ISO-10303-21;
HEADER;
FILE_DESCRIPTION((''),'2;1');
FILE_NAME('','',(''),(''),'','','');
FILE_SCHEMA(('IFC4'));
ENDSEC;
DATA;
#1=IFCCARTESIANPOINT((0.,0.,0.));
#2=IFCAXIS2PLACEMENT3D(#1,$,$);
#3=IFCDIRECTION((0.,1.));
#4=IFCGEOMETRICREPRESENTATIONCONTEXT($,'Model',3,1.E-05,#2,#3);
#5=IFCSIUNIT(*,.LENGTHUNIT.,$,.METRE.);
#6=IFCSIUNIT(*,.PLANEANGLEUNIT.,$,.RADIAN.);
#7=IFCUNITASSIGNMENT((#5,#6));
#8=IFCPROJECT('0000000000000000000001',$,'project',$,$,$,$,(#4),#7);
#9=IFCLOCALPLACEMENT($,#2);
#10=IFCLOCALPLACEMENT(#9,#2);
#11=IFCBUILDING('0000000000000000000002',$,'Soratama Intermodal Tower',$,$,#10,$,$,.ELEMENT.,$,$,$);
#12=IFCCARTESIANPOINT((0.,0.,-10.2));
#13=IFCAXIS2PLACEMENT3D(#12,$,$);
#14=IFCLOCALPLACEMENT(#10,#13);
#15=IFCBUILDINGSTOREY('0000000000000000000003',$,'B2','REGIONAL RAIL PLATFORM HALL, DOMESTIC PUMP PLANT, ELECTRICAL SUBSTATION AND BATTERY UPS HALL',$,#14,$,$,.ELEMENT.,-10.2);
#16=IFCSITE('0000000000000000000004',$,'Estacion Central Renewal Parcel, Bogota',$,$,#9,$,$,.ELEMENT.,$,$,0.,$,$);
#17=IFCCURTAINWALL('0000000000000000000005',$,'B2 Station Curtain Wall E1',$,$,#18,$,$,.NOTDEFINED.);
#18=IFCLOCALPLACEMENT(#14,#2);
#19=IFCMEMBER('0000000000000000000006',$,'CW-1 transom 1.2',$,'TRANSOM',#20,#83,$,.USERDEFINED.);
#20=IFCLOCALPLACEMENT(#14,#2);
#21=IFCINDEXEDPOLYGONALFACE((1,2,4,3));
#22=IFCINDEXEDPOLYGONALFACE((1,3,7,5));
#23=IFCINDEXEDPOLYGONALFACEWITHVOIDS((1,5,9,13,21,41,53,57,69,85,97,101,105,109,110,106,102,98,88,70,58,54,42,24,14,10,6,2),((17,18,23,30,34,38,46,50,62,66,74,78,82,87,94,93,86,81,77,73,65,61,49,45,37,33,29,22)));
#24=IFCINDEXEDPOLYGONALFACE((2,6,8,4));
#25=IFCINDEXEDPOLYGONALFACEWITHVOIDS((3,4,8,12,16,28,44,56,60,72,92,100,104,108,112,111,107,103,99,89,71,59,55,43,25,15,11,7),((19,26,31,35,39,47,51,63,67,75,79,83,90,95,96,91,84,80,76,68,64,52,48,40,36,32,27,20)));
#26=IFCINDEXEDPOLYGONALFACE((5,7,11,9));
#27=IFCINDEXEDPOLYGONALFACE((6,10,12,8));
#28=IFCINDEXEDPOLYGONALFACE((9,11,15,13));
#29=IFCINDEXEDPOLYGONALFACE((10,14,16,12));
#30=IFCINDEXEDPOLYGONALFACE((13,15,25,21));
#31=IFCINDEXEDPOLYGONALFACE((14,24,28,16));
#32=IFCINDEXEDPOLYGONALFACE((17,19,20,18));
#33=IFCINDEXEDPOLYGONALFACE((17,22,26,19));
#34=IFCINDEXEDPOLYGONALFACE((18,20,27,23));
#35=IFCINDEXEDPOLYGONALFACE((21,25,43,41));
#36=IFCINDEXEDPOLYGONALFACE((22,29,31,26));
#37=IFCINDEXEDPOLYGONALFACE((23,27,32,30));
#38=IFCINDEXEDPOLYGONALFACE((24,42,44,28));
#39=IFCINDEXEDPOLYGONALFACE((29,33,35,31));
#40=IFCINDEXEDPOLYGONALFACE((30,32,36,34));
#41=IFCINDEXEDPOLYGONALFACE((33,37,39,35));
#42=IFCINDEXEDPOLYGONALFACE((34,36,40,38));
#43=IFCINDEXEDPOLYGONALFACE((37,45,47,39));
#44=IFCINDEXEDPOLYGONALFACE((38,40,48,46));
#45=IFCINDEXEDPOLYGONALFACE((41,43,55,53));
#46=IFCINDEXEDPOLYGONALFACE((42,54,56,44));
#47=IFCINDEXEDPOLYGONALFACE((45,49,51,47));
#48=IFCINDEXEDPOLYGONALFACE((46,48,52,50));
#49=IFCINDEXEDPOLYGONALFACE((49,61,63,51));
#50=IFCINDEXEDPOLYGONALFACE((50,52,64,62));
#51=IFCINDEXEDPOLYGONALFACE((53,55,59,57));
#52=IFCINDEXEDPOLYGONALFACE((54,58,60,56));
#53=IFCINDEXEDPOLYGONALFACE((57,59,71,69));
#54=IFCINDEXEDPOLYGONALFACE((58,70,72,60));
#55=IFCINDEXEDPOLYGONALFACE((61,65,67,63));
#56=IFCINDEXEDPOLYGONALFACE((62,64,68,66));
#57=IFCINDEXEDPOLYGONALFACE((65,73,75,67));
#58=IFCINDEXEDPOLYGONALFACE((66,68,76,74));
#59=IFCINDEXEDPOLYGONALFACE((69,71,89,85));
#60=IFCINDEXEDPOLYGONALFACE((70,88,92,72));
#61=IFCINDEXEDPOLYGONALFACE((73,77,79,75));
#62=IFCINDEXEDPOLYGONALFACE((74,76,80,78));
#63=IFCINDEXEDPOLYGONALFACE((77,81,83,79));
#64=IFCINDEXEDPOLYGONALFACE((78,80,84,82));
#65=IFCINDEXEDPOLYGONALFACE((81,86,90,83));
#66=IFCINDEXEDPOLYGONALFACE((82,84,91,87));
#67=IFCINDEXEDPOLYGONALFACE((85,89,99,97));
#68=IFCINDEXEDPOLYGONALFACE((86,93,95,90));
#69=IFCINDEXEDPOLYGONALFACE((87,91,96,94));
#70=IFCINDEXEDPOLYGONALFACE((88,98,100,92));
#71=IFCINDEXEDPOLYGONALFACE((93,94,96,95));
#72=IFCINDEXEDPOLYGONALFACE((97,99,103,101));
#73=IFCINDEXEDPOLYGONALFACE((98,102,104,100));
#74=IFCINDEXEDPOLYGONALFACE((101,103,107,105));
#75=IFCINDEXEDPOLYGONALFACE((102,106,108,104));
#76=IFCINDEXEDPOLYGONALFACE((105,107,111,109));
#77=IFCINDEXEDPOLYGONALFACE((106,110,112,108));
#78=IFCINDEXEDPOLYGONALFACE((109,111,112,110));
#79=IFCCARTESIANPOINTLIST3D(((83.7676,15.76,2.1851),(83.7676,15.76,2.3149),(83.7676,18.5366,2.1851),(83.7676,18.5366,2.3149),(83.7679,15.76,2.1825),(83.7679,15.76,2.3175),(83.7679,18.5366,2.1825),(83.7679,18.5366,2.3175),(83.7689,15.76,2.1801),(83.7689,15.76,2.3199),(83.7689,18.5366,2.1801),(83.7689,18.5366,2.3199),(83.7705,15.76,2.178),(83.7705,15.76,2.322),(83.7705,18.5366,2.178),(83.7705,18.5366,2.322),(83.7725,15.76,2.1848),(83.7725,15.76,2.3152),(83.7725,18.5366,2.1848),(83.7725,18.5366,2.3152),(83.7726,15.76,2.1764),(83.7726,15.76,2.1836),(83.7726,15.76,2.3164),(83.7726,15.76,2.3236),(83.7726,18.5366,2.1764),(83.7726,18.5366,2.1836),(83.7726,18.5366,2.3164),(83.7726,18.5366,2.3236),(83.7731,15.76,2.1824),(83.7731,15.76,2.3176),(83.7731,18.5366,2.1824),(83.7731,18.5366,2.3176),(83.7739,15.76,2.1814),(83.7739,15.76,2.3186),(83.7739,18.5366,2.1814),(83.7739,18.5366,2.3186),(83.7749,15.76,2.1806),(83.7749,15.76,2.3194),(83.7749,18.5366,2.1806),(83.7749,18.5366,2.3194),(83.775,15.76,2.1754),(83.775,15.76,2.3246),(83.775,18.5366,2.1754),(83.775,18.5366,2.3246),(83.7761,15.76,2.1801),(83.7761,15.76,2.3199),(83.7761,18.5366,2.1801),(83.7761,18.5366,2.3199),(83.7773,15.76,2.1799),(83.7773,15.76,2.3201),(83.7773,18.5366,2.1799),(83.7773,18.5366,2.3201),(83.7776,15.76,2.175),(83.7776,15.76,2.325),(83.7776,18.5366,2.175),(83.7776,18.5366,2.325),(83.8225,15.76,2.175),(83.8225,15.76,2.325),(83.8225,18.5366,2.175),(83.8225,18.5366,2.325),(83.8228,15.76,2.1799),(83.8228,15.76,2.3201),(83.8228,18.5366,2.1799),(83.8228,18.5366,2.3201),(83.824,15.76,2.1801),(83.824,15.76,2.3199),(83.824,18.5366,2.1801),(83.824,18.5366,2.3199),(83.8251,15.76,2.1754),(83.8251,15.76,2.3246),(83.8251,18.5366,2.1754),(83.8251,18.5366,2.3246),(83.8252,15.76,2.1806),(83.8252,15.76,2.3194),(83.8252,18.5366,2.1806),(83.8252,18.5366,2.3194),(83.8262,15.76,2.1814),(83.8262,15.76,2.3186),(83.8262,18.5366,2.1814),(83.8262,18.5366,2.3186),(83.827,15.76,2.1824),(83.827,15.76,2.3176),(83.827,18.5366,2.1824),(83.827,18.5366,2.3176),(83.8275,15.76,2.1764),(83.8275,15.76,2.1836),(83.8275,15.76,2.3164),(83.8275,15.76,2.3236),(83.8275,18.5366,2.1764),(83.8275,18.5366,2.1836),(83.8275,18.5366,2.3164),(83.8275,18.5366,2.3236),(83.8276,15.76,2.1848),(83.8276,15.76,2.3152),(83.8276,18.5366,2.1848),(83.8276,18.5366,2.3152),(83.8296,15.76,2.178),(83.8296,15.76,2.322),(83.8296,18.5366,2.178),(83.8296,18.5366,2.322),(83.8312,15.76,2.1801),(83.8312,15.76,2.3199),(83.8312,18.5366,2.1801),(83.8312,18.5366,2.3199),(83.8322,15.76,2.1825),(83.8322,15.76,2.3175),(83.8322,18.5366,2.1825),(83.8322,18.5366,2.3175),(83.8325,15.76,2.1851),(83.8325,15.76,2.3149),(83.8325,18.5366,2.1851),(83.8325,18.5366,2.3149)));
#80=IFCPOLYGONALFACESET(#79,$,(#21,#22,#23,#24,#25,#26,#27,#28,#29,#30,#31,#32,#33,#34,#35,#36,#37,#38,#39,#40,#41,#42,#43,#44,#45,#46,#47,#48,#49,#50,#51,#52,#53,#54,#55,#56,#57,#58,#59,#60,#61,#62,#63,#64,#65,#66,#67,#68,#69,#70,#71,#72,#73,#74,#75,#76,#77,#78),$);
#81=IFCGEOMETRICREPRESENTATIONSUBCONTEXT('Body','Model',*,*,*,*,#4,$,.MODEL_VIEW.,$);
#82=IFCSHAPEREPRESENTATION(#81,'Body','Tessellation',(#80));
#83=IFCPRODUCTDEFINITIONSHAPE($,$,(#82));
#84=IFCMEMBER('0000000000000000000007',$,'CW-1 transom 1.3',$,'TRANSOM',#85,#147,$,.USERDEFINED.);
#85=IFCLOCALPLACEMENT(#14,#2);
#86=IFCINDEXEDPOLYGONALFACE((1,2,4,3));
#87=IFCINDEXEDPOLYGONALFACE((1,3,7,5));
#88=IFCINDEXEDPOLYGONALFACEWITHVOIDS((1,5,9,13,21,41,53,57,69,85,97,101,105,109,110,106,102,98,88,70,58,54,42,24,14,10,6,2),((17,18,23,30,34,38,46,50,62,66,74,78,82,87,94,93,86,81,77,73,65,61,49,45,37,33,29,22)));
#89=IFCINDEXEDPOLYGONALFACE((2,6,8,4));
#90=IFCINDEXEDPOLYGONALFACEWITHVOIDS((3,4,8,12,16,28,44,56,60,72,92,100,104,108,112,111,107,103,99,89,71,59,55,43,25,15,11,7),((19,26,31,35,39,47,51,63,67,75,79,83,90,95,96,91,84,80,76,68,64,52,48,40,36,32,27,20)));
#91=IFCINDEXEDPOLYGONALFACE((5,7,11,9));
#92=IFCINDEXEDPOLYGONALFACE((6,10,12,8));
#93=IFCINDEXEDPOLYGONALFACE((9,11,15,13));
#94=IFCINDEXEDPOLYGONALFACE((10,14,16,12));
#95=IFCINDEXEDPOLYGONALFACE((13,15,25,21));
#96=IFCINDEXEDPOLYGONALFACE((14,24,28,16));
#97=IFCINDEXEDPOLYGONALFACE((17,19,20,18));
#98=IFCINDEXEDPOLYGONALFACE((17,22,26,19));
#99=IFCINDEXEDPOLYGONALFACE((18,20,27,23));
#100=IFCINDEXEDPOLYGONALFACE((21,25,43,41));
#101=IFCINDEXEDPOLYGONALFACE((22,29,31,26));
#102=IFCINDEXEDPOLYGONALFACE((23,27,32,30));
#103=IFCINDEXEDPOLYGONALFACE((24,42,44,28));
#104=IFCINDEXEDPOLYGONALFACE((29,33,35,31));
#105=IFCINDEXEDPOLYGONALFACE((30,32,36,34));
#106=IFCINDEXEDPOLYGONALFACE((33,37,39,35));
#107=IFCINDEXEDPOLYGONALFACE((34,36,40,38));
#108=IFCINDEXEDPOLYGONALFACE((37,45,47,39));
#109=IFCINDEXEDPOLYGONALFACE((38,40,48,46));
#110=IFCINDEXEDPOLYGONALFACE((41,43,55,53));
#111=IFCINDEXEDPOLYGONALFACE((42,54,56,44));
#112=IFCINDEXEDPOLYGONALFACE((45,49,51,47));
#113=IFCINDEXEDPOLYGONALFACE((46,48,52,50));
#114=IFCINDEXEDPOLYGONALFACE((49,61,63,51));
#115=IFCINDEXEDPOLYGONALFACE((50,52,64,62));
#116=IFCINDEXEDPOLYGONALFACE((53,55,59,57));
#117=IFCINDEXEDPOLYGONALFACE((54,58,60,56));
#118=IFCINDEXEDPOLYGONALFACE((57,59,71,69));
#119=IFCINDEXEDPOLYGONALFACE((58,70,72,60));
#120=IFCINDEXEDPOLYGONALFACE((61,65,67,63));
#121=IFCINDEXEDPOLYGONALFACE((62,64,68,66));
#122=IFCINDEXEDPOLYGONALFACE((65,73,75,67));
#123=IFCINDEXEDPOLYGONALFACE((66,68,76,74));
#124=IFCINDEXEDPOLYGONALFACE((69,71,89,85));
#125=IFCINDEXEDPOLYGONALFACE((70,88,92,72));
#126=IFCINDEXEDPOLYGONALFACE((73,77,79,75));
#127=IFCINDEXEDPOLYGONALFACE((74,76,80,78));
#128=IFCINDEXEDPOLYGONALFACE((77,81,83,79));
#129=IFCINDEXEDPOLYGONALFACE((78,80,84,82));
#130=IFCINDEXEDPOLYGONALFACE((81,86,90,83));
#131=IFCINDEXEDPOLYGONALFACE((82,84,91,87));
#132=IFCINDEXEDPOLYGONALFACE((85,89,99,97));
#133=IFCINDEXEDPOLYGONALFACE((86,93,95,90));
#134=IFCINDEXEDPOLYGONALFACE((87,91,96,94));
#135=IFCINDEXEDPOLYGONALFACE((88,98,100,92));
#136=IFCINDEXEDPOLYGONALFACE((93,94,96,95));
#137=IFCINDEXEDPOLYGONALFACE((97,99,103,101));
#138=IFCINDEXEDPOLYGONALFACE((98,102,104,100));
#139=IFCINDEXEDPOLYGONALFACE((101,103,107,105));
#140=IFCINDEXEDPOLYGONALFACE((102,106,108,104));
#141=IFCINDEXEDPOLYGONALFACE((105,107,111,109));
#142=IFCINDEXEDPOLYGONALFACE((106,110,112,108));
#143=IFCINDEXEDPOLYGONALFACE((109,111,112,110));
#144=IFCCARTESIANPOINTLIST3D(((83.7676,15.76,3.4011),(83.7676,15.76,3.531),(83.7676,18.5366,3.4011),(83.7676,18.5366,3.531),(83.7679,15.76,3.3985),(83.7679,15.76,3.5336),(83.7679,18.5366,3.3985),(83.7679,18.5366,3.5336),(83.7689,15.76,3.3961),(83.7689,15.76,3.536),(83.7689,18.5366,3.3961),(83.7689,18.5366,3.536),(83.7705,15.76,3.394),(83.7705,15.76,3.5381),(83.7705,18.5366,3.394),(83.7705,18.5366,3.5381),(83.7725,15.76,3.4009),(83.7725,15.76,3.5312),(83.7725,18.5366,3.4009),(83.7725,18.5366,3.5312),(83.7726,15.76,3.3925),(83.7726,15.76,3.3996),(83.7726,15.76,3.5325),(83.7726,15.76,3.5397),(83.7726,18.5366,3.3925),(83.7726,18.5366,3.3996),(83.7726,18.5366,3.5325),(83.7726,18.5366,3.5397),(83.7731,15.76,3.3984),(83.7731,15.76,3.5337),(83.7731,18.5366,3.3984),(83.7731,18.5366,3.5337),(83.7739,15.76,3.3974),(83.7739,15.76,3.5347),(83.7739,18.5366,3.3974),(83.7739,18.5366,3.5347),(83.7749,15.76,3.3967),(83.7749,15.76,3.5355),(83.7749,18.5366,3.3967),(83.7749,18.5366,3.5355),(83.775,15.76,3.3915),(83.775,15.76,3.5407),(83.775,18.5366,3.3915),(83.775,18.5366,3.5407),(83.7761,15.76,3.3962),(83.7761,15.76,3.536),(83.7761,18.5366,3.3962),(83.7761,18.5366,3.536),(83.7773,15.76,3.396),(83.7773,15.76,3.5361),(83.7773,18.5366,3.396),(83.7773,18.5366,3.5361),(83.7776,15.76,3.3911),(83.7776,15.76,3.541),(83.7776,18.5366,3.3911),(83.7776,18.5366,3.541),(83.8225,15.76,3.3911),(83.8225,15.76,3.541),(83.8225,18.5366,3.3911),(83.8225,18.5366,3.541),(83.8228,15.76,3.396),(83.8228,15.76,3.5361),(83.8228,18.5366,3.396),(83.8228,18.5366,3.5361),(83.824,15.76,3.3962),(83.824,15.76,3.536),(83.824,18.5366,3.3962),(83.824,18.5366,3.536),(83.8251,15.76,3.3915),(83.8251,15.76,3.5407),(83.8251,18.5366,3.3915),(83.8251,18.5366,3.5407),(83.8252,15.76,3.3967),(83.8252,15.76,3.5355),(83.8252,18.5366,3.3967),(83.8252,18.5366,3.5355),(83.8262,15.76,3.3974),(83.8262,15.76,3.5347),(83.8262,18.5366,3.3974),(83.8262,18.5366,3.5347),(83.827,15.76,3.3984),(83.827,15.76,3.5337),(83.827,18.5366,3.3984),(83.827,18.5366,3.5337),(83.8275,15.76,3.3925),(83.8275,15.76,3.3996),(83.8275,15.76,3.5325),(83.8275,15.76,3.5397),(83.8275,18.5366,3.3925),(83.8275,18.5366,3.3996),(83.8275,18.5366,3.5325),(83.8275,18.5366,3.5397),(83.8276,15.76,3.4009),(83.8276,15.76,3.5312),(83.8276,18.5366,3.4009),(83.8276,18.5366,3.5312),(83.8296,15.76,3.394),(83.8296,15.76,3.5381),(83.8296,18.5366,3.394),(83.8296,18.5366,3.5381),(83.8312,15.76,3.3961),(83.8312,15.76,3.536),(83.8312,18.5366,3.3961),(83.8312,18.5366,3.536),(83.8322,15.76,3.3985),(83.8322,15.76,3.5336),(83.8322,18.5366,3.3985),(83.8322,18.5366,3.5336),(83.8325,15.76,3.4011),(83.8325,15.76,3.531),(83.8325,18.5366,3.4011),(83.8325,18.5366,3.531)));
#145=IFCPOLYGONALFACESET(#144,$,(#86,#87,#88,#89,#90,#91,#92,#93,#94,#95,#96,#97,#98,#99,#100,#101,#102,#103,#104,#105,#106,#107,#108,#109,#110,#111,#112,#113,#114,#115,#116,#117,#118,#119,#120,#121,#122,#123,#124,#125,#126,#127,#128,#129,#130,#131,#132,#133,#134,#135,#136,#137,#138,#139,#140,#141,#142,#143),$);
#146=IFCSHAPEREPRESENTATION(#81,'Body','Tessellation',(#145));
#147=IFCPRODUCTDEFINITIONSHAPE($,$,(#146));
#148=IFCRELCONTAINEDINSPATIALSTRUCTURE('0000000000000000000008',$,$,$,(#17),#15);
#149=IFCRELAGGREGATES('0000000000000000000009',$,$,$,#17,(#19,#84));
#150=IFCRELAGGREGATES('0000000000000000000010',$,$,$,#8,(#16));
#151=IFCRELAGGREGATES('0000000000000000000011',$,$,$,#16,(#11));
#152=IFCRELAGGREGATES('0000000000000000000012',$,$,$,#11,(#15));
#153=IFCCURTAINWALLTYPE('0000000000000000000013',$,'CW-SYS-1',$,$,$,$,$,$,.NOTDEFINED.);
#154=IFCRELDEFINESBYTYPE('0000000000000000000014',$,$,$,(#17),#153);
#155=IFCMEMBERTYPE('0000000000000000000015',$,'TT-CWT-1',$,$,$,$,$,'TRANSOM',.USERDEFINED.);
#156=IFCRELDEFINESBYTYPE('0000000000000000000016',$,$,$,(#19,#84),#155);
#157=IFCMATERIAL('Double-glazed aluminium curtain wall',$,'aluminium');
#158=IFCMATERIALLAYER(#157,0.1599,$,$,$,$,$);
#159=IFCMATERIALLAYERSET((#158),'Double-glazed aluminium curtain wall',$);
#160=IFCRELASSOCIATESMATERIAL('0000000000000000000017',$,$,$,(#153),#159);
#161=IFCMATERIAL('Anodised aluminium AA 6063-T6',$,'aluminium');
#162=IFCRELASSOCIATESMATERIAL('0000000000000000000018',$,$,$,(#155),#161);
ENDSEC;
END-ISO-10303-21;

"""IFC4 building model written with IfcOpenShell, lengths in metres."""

from ifc_helpers import new_model, si_unit, direction, frame, origin, origin_2d, place, context, subcontext, project, spatial, hollow_rectangle, extrude, material, layer, layer_set, material_profile, profile_set, type_object, element, aggregate, save


model = new_model("IFC4")

# Units and contexts
model_context = context("Model", 3, precision=1e-05, world=origin(), true_north=direction((0.0, 1.0)))
body_context = subcontext(model_context, "Body", "Model", "MODEL_VIEW")
ifc_project = project(units=[si_unit("LENGTHUNIT", "METRE"), si_unit("PLANEANGLEUNIT", "RADIAN")], contexts=[model_context])

# Site, building, storey
site_placement = place(None, origin())
site = spatial("IfcSite", under=ifc_project, at=site_placement, Name="Estacion Central Renewal Parcel, Bogota", CompositionType="ELEMENT", RefElevation=0.0)
building_placement = place(site_placement, origin())
building = spatial("IfcBuilding", under=site, at=building_placement, Name="Soratama Intermodal Tower", CompositionType="ELEMENT")
storey_placement = place(building_placement, frame((0.0, 0.0, -10.2)))
storey = spatial("IfcBuildingStorey", under=building, at=storey_placement, Name="B2", Description="REGIONAL RAIL PLATFORM HALL, DOMESTIC PUMP PLANT, ELECTRICAL SUBSTATION AND BATTERY UPS HALL", CompositionType="ELEMENT", Elevation=-10.2)

# Curtain wall, members
ifc_material_1 = material(Name="Double-glazed aluminium curtain wall", Category="aluminium")
ifc_layer_1 = layer(ifc_material_1, 0.1599)
ifc_layer_set_1 = layer_set([ifc_layer_1], Name="Double-glazed aluminium curtain wall")
curtain_wall_type = type_object("IfcCurtainWallType", Name="CW-SYS-1", PredefinedType="NOTDEFINED", material=ifc_layer_set_1)
curtain_wall_placement = place(storey_placement, origin())
curtain_wall = element("IfcCurtainWall", 1, at=curtain_wall_placement, inside=storey, type_object=curtain_wall_type, Name="B2 Station Curtain Wall E1", PredefinedType="NOTDEFINED")
ifc_material_2 = material(Name="Anodised aluminium AA 6063-T6", Category="aluminium")
ifc_material_profile_1 = material_profile(ifc_material_2, hollow_rectangle(XDim=0.0649, YDim=0.1499, WallThickness=0.0049, InnerFilletRadius=0.0049, OuterFilletRadius=0.01, at=origin_2d()), Name="CWT150X65X5")
ifc_profile_set_1 = profile_set([ifc_material_profile_1], Name="Anodised aluminium AA 6063-T6")
member_type_1 = type_object("IfcMemberType", Name="TT-CWT-1", ElementType="TRANSOM", PredefinedType="USERDEFINED", material=ifc_profile_set_1)
member_1_placement = place(storey_placement, frame((83.8, 15.76, 2.25), z_axis=(0.0, 1.0, 0.0), x_axis=(-1.0, 0.0, 0.0)))
member_1 = element("IfcMember", 2, at=member_1_placement, type_object=member_type_1, Name="CW-1 transom 1.2", ObjectType="TRANSOM", PredefinedType="USERDEFINED", context=body_context, shape_type="SweptSolid", body=[
    extrude(hollow_rectangle(XDim=0.0649, YDim=0.1499, WallThickness=0.0049, InnerFilletRadius=0.0049, OuterFilletRadius=0.01, at=origin_2d()), origin(), (0.0, 0.0, 1.0), 2.7766),
])
member_2_placement = place(storey_placement, frame((83.8, 15.76, 3.4661), z_axis=(0.0, 1.0, 0.0), x_axis=(-1.0, 0.0, 0.0)))
member_2 = element("IfcMember", 3, at=member_2_placement, type_object=member_type_1, Name="CW-1 transom 1.3", ObjectType="TRANSOM", PredefinedType="USERDEFINED", context=body_context, shape_type="SweptSolid", body=[
    extrude(hollow_rectangle(XDim=0.0649, YDim=0.1499, WallThickness=0.0049, InnerFilletRadius=0.0049, OuterFilletRadius=0.01, at=origin_2d()), origin(), (0.0, 0.0, 1.0), 2.7766),
])
aggregate(curtain_wall, [member_1, member_2])

save(model, "model.ifc")
